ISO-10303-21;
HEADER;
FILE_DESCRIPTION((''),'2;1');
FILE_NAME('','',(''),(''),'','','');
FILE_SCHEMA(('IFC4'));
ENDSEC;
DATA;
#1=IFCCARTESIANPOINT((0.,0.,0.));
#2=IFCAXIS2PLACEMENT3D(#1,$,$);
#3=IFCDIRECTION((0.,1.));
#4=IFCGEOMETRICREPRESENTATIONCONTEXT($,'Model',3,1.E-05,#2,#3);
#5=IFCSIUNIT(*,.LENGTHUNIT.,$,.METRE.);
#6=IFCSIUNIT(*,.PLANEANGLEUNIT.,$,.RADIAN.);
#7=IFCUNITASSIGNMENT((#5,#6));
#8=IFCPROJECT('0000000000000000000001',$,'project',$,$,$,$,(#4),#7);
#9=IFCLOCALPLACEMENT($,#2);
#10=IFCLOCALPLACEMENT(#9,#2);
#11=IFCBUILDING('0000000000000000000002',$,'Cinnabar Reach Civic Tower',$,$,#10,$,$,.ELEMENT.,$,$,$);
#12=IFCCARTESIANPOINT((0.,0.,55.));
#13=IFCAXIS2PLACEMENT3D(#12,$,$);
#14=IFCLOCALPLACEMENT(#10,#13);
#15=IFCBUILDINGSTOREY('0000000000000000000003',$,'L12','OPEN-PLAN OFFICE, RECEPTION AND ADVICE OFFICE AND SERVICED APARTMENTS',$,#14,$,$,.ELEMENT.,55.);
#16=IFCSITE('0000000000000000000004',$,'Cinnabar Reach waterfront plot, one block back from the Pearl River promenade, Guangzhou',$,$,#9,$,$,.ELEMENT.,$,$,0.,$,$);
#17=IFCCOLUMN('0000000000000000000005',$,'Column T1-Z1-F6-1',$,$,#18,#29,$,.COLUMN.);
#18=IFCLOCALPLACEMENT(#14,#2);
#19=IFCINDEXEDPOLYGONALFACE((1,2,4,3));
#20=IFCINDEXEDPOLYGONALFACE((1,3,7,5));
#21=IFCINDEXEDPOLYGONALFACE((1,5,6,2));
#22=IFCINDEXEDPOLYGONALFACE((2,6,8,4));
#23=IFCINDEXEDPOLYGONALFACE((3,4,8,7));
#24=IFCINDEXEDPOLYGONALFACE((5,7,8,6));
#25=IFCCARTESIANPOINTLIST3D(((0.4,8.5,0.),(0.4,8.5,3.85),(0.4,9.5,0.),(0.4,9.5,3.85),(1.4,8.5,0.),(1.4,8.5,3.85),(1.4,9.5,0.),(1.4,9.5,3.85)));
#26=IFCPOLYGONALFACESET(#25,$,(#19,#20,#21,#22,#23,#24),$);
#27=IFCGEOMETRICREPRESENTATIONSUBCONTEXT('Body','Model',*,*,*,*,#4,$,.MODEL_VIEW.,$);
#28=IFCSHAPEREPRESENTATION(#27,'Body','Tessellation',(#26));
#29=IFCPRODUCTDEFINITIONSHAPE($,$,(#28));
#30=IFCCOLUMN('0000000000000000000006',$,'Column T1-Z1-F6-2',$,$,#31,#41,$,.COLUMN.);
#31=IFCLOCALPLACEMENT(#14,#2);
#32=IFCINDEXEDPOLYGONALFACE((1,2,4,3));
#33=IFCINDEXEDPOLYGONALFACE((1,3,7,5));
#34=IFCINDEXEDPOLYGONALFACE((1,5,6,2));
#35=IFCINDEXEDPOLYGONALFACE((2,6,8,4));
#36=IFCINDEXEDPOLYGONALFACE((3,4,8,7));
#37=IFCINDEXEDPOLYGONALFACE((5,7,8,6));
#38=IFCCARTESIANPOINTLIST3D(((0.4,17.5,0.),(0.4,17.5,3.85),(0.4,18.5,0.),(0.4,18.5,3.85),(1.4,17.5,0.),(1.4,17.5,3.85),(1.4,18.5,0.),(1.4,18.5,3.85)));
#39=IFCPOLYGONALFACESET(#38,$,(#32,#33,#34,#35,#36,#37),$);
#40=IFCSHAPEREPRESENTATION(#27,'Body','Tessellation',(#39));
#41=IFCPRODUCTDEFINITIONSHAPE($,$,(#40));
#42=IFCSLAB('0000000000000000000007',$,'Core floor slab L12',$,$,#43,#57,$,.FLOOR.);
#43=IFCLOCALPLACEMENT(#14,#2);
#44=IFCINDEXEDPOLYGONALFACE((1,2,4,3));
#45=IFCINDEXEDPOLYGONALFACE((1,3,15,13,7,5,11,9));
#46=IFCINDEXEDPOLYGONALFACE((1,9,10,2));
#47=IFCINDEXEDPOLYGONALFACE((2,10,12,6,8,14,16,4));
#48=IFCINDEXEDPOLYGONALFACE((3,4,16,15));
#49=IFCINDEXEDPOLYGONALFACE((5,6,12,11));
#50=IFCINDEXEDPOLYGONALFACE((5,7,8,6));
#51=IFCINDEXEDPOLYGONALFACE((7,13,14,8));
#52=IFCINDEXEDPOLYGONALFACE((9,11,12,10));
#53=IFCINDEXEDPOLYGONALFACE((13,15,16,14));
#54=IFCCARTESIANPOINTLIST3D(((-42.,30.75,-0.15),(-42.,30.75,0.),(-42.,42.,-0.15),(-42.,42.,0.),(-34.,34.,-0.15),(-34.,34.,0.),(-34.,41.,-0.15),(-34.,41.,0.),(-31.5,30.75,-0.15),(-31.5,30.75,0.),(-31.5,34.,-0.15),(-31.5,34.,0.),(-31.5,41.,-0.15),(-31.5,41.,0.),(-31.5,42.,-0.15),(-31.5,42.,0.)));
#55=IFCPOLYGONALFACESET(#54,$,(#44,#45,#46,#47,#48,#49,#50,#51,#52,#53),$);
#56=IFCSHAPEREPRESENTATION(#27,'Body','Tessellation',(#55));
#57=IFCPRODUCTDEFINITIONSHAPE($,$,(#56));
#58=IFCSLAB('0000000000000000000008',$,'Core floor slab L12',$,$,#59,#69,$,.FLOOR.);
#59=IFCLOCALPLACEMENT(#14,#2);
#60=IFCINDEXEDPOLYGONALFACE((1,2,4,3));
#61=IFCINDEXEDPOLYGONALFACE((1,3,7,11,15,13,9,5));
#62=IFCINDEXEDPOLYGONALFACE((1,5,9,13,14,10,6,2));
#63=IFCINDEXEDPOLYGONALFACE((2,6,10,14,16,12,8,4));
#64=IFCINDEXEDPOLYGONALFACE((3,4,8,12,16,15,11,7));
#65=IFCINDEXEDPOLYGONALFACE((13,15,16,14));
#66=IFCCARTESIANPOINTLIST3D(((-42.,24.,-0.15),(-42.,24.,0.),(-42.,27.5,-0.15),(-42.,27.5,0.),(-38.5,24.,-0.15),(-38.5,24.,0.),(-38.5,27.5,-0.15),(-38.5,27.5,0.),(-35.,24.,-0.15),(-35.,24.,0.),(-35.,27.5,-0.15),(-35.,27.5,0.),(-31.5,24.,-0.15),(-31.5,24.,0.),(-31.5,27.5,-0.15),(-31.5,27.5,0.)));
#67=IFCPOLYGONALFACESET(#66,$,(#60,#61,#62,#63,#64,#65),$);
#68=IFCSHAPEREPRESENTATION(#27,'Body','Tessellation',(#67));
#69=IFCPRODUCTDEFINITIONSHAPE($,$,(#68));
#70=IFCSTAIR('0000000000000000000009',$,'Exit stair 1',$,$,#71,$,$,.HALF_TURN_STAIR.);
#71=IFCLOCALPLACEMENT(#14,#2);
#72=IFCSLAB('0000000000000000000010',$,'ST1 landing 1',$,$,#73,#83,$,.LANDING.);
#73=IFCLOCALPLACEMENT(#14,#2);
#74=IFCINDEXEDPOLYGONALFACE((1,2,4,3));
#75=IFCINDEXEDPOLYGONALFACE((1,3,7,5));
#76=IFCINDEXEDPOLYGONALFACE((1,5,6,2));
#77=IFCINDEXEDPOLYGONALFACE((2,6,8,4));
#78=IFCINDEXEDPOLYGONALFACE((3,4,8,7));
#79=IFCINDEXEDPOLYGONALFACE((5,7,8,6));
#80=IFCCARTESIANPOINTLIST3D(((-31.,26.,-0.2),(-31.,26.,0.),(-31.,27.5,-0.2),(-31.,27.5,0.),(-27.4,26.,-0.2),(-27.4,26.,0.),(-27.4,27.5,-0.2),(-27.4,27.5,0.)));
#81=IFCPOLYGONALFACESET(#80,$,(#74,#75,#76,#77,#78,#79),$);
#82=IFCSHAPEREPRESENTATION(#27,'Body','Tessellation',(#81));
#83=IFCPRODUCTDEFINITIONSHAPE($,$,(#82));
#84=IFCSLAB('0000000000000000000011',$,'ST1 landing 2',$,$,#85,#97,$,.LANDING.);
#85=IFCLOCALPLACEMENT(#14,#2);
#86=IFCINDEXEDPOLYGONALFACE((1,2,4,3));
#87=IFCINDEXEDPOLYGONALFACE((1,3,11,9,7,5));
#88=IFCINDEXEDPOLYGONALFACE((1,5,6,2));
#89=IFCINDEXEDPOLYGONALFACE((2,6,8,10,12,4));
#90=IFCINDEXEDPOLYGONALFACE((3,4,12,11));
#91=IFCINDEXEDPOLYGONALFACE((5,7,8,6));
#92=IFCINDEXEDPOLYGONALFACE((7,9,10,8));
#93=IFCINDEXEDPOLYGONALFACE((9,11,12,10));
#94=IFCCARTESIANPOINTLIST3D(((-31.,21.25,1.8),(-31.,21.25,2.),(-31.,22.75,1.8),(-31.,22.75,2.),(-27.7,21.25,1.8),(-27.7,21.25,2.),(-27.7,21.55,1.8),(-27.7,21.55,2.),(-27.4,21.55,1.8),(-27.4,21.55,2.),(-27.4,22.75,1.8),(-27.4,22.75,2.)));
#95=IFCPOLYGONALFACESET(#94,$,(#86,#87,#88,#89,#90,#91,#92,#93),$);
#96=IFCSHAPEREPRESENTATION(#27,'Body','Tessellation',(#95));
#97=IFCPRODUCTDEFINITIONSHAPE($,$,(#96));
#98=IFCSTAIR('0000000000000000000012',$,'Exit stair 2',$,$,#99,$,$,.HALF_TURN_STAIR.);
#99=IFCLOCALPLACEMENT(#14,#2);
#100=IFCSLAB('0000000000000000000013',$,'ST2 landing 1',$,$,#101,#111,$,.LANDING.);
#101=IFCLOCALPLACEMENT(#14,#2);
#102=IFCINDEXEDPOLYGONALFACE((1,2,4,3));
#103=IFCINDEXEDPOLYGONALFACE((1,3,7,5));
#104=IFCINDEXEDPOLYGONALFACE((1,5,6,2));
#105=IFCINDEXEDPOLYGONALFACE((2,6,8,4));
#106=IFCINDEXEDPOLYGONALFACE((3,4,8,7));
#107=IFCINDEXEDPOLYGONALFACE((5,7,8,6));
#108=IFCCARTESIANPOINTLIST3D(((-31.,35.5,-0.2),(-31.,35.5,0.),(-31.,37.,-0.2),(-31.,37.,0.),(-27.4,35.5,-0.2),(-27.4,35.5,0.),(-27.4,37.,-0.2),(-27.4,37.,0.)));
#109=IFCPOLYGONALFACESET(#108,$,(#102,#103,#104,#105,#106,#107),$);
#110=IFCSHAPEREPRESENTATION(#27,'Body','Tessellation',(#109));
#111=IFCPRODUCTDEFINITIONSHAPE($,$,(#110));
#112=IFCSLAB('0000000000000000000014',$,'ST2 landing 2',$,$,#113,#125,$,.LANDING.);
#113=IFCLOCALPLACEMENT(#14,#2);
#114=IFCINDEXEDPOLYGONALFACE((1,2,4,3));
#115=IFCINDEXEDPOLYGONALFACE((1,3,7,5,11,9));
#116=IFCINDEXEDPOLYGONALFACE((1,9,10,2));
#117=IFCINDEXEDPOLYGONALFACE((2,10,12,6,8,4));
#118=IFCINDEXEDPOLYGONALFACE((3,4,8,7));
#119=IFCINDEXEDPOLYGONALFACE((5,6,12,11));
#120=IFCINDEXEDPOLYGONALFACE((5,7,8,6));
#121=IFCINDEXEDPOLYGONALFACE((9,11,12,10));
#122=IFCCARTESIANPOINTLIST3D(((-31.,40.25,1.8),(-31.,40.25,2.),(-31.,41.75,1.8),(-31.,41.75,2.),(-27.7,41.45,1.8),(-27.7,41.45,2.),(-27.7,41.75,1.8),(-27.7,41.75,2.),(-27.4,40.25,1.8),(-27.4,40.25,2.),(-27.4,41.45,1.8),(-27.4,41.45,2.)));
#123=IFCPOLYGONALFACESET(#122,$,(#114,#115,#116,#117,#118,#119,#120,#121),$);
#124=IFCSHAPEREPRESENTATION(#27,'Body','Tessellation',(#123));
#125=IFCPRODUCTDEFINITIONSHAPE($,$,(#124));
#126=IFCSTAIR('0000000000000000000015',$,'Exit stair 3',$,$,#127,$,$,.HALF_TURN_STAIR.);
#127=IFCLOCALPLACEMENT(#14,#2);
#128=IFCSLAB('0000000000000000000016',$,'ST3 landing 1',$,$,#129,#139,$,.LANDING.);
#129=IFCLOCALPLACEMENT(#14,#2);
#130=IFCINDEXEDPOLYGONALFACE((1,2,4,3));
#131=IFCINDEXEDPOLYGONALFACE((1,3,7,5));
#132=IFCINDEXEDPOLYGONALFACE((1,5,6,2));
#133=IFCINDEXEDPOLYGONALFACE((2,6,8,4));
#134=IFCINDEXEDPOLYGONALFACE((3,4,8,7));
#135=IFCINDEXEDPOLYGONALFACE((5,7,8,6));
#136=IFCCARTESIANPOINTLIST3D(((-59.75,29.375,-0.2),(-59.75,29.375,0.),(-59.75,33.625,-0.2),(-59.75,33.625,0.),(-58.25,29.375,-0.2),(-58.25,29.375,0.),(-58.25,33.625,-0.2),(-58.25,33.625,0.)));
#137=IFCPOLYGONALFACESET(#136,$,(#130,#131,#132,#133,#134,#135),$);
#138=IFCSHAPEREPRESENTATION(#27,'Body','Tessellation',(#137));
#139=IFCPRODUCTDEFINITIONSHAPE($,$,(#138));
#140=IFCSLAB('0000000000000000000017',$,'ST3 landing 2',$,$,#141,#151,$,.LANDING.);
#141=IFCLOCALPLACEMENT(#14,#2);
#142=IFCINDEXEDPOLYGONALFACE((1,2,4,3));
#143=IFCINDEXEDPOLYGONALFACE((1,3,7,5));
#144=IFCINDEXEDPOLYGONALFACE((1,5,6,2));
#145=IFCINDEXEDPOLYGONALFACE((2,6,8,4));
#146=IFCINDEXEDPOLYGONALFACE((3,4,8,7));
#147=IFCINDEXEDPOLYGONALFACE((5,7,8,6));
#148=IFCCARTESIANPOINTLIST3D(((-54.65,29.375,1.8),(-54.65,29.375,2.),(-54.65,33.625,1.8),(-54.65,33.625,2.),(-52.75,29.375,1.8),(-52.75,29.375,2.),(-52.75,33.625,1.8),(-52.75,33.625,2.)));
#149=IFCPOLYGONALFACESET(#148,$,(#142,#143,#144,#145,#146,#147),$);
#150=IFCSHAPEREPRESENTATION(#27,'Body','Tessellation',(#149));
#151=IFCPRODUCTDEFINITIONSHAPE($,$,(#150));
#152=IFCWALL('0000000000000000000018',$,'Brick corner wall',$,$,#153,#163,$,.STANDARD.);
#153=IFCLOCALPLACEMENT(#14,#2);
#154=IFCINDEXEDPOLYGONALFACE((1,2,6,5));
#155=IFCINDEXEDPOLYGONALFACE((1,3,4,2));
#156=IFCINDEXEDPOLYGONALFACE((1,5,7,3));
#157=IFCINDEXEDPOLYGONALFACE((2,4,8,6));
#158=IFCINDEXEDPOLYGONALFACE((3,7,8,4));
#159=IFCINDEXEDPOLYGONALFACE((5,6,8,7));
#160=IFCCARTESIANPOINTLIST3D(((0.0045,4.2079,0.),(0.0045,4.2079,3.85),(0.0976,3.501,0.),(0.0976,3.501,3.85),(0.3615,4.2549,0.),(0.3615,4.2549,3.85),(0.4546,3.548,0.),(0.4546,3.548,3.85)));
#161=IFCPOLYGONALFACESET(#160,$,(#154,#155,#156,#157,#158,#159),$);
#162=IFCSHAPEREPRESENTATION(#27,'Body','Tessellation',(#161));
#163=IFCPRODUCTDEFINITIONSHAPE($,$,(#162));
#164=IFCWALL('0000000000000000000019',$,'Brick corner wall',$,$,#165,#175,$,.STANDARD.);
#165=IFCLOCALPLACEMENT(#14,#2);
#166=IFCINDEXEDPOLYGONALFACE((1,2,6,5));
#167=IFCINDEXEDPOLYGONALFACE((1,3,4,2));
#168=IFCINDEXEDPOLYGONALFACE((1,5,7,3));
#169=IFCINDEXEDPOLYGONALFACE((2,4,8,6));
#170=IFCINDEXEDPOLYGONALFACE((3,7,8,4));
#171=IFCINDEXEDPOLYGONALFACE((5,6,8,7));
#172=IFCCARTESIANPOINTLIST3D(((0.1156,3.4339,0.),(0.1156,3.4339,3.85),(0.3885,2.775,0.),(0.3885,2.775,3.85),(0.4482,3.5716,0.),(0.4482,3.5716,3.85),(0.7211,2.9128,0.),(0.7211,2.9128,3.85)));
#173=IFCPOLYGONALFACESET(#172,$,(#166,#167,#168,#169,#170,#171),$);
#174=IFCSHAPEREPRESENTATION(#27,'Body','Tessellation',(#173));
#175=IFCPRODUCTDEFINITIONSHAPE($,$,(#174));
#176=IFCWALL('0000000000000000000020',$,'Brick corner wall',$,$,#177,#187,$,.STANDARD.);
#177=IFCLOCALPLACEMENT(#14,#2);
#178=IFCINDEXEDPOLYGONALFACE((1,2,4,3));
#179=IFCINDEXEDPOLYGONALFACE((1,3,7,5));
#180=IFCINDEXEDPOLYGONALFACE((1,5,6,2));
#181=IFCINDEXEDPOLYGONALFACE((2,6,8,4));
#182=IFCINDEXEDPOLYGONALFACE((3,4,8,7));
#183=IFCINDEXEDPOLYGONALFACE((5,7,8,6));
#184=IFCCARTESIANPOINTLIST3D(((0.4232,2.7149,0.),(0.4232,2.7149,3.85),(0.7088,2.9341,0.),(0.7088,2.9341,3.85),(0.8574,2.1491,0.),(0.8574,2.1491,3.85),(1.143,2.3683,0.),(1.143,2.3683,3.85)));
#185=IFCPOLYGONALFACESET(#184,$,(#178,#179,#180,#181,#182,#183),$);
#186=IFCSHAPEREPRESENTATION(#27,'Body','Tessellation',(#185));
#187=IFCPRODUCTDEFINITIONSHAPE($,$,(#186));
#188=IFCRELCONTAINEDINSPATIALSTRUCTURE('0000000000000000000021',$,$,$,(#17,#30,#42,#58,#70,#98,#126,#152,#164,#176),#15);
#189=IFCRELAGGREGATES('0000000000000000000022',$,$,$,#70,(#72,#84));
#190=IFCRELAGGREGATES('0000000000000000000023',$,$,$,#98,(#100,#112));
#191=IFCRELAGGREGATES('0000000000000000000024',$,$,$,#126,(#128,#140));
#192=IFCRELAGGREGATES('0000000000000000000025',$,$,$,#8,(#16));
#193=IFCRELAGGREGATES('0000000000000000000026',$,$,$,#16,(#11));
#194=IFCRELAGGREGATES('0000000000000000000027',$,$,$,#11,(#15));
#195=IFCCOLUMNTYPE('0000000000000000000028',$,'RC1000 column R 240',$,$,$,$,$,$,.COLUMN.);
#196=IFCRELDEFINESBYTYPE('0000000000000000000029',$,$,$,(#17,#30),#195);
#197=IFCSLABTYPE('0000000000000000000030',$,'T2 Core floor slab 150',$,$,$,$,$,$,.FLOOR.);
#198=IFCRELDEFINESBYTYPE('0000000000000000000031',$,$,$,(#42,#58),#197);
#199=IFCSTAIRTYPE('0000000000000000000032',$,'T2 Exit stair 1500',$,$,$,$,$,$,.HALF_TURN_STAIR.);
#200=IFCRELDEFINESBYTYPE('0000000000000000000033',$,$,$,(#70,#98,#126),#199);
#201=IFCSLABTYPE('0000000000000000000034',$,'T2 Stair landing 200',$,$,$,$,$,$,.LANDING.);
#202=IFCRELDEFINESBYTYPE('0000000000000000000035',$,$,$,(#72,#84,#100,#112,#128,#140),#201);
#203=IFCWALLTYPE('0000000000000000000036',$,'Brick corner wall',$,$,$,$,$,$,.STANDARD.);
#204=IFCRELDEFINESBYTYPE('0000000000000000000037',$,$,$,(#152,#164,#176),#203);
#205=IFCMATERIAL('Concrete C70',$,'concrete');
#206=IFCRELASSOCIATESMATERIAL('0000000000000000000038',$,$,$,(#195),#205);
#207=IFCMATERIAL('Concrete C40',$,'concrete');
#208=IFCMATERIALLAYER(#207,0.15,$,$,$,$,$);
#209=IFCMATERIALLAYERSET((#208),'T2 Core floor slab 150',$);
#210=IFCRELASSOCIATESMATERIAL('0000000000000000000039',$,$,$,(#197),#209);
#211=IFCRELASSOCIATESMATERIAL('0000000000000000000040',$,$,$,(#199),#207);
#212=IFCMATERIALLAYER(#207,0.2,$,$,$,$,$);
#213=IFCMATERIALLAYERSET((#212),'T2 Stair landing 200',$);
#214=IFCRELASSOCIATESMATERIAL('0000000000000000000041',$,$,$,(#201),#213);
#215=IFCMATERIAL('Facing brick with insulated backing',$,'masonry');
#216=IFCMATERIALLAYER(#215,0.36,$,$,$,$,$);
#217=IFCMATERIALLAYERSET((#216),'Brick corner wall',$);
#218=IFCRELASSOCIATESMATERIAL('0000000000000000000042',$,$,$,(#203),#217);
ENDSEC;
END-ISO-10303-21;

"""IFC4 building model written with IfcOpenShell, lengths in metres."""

from ifc_helpers import new_model, si_unit, direction, frame, frame_2d, origin, origin_2d, place, context, subcontext, project, spatial, polyline, rectangle, outline, extrude, material, layer, layer_set, material_profile, profile_set, type_object, element, aggregate, save


model = new_model("IFC4")

# Units and contexts
model_context = context("Model", 3, precision=1e-05, world=origin(), true_north=direction((0.0, 1.0)))
body_context = subcontext(model_context, "Body", "Model", "MODEL_VIEW")
ifc_project = project(units=[si_unit("LENGTHUNIT", "METRE"), si_unit("PLANEANGLEUNIT", "RADIAN")], contexts=[model_context])

# Site, building, storey
site_placement = place(None, origin())
site = spatial("IfcSite", under=ifc_project, at=site_placement, Name="Cinnabar Reach waterfront plot, one block back from the Pearl River promenade, Guangzhou", CompositionType="ELEMENT", RefElevation=0.0)
building_placement = place(site_placement, origin())
building = spatial("IfcBuilding", under=site, at=building_placement, Name="Cinnabar Reach Civic Tower", CompositionType="ELEMENT")
storey_placement = place(building_placement, frame((0.0, 0.0, 55.0)))
storey = spatial("IfcBuildingStorey", under=building, at=storey_placement, Name="L12", Description="OPEN-PLAN OFFICE, RECEPTION AND ADVICE OFFICE AND SERVICED APARTMENTS", CompositionType="ELEMENT", Elevation=55.0)

# Columns
ifc_material_1 = material(Name="Concrete C70", Category="concrete")
ifc_material_profile = material_profile(ifc_material_1, rectangle(XDim=1.0, YDim=1.0, at=origin_2d()), Name="RC1000")
ifc_profile_set = profile_set([ifc_material_profile], Name="Concrete C70")
column_type = type_object("IfcColumnType", Name="RC1000 column R 240", PredefinedType="COLUMN", material=ifc_profile_set)
for number, where, z_axis, x_axis, name in (
    (1, (0.9, 9.0, 0.0), (0.0, 0.0, 1.0), (1.0, 0.0, 0.0), "Column T1-Z1-F6-1"),
    (2, (0.9, 18.0, 0.0), (0.0, 0.0, 1.0), (1.0, 0.0, 0.0), "Column T1-Z1-F6-2"),
):
    element("IfcColumn", number, at=place(storey_placement, frame(where, z_axis=z_axis, x_axis=x_axis)), inside=storey, type_object=column_type, Name=name, PredefinedType="COLUMN", context=body_context, shape_type="SweptSolid", body=[
        extrude(rectangle(XDim=1.0, YDim=1.0, at=origin_2d()), origin(), (0.0, 0.0, 1.0), 3.85),
    ])

# Slabs
ifc_material_2 = material(Name="Concrete C40", Category="concrete")
ifc_layer_1 = layer(ifc_material_2, 0.15)
ifc_layer_set_1 = layer_set([ifc_layer_1], Name="T2 Core floor slab 150")
slab_type_1 = type_object("IfcSlabType", Name="T2 Core floor slab 150", PredefinedType="FLOOR", material=ifc_layer_set_1)
slab_1_placement = place(storey_placement, frame((0.0, 0.0, -0.15)))
element("IfcSlab", 3, at=slab_1_placement, inside=storey, type_object=slab_type_1, Name="Core floor slab L12", PredefinedType="FLOOR", context=body_context, shape_type="SweptSolid", body=[
    extrude(outline(polyline([(-42.0, 42.0), (-31.5, 42.0), (-31.5, 41.0), (-34.0, 41.0), (-34.0, 34.0), (-31.5, 34.0), (-31.5, 30.75), (-42.0, 30.75), (-42.0, 42.0)])), origin(), (0.0, 0.0, 1.0), 0.15),
])
slab_2_placement = place(storey_placement, frame((0.0, 0.0, -0.15)))
element("IfcSlab", 4, at=slab_2_placement, inside=storey, type_object=slab_type_1, Name="Core floor slab L12", PredefinedType="FLOOR", context=body_context, shape_type="SweptSolid", body=[
    extrude(outline(polyline([(-35.0, 24.0), (-38.5, 24.0), (-42.0, 24.0), (-42.0, 27.5), (-38.5, 27.5), (-35.0, 27.5), (-31.5, 27.5), (-31.5, 24.0), (-35.0, 24.0)])), origin(), (0.0, 0.0, 1.0), 0.15),
])

# Stairs, slabs
stair_type = type_object("IfcStairType", Name="T2 Exit stair 1500", PredefinedType="HALF_TURN_STAIR", material=ifc_material_2)
stair_1_placement = place(storey_placement, origin())
stair_1 = element("IfcStair", 5, at=stair_1_placement, inside=storey, type_object=stair_type, Name="Exit stair 1", PredefinedType="HALF_TURN_STAIR")
ifc_layer_2 = layer(ifc_material_2, 0.2)
ifc_layer_set_2 = layer_set([ifc_layer_2], Name="T2 Stair landing 200")
slab_type_2 = type_object("IfcSlabType", Name="T2 Stair landing 200", PredefinedType="LANDING", material=ifc_layer_set_2)
slab_3_placement = place(storey_placement, frame((0.0, 0.0, -0.2)))
slab_3 = element("IfcSlab", 6, at=slab_3_placement, type_object=slab_type_2, Name="ST1 landing 1", PredefinedType="LANDING", context=body_context, shape_type="SweptSolid", body=[
    extrude(outline(polyline([(-31.0, 26.0), (-31.0, 27.5), (-27.4, 27.5), (-27.4, 26.0), (-31.0, 26.0)])), origin(), (0.0, 0.0, 1.0), 0.2),
])
slab_4_placement = place(storey_placement, frame((0.0, 0.0, 1.8)))
slab_4 = element("IfcSlab", 7, at=slab_4_placement, type_object=slab_type_2, Name="ST1 landing 2", PredefinedType="LANDING", context=body_context, shape_type="SweptSolid", body=[
    extrude(outline(polyline([(-31.0, 21.25), (-31.0, 22.75), (-27.4, 22.75), (-27.4, 21.55), (-27.7, 21.55), (-27.7, 21.25), (-31.0, 21.25)])), origin(), (0.0, 0.0, 1.0), 0.2),
])
aggregate(stair_1, [slab_3, slab_4])
stair_2_placement = place(storey_placement, origin())
stair_2 = element("IfcStair", 8, at=stair_2_placement, inside=storey, type_object=stair_type, Name="Exit stair 2", PredefinedType="HALF_TURN_STAIR")
slab_5_placement = place(storey_placement, frame((0.0, 0.0, -0.2)))
slab_5 = element("IfcSlab", 9, at=slab_5_placement, type_object=slab_type_2, Name="ST2 landing 1", PredefinedType="LANDING", context=body_context, shape_type="SweptSolid", body=[
    extrude(outline(polyline([(-31.0, 35.5), (-31.0, 37.0), (-27.4, 37.0), (-27.4, 35.5), (-31.0, 35.5)])), origin(), (0.0, 0.0, 1.0), 0.2),
])
slab_6_placement = place(storey_placement, frame((0.0, 0.0, 1.8)))
slab_6 = element("IfcSlab", 10, at=slab_6_placement, type_object=slab_type_2, Name="ST2 landing 2", PredefinedType="LANDING", context=body_context, shape_type="SweptSolid", body=[
    extrude(outline(polyline([(-27.4, 40.25), (-31.0, 40.25), (-31.0, 41.75), (-27.7, 41.75), (-27.7, 41.45), (-27.4, 41.45), (-27.4, 40.25)])), origin(), (0.0, 0.0, 1.0), 0.2),
])
aggregate(stair_2, [slab_5, slab_6])
stair_3_placement = place(storey_placement, origin())
stair_3 = element("IfcStair", 11, at=stair_3_placement, inside=storey, type_object=stair_type, Name="Exit stair 3", PredefinedType="HALF_TURN_STAIR")
slab_7_placement = place(storey_placement, frame((0.0, 0.0, -0.2)))
slab_7 = element("IfcSlab", 12, at=slab_7_placement, type_object=slab_type_2, Name="ST3 landing 1", PredefinedType="LANDING", context=body_context, shape_type="SweptSolid", body=[
    extrude(outline(polyline([(-59.75, 29.375), (-59.75, 33.625), (-58.25, 33.625), (-58.25, 29.375), (-59.75, 29.375)])), origin(), (0.0, 0.0, 1.0), 0.2),
])
slab_8_placement = place(storey_placement, frame((0.0, 0.0, 1.8)))
slab_8 = element("IfcSlab", 13, at=slab_8_placement, type_object=slab_type_2, Name="ST3 landing 2", PredefinedType="LANDING", context=body_context, shape_type="SweptSolid", body=[
    extrude(outline(polyline([(-54.65, 29.375), (-54.65, 33.625), (-52.75, 33.625), (-52.75, 29.375), (-54.65, 29.375)])), origin(), (0.0, 0.0, 1.0), 0.2),
])
aggregate(stair_3, [slab_7, slab_8])

# Walls
ifc_material_3 = material(Name="Facing brick with insulated backing", Category="masonry")
ifc_layer_3 = layer(ifc_material_3, 0.36)
ifc_layer_set_3 = layer_set([ifc_layer_3], Name="Brick corner wall")
wall_type_1 = type_object("IfcWallType", Name="Brick corner wall", PredefinedType="STANDARD", material=ifc_layer_set_3)
for number, where, z_axis, x_axis, name in (
    (14, (0.183, 4.2314, 0.0), (0.0, 0.0, 1.0), (0.130556, -0.991441, 0.0), "Brick corner wall"),
    (15, (0.2819, 3.5027, 0.0), (0.0, 0.0, 1.0), (0.382703, -0.923872, 0.0), "Brick corner wall"),
):
    element("IfcWall", number, at=place(storey_placement, frame(where, z_axis=z_axis, x_axis=x_axis)), inside=storey, type_object=wall_type_1, Name=name, PredefinedType="STANDARD", context=body_context, shape_type="SweptSolid", body=[
        extrude(rectangle(XDim=0.7131, YDim=0.36, at=frame_2d((0.3565, 0.0))), origin(), (0.0, 0.0, 1.0), 3.85),
    ])
wall_1_placement = place(storey_placement, frame((0.566, 2.8245, 0.0), z_axis=(0.0, 0.0, 1.0), x_axis=(0.608802, -0.793322, 0.0)))
element("IfcWall", 16, at=wall_1_placement, inside=storey, type_object=wall_type_1, Name="Brick corner wall", PredefinedType="STANDARD", context=body_context, shape_type="SweptSolid", body=[
    extrude(rectangle(XDim=0.7132, YDim=0.36, at=frame_2d((0.3566, 0.0))), origin(), (0.0, 0.0, 1.0), 3.85),
])

save(model, "model.ifc")
